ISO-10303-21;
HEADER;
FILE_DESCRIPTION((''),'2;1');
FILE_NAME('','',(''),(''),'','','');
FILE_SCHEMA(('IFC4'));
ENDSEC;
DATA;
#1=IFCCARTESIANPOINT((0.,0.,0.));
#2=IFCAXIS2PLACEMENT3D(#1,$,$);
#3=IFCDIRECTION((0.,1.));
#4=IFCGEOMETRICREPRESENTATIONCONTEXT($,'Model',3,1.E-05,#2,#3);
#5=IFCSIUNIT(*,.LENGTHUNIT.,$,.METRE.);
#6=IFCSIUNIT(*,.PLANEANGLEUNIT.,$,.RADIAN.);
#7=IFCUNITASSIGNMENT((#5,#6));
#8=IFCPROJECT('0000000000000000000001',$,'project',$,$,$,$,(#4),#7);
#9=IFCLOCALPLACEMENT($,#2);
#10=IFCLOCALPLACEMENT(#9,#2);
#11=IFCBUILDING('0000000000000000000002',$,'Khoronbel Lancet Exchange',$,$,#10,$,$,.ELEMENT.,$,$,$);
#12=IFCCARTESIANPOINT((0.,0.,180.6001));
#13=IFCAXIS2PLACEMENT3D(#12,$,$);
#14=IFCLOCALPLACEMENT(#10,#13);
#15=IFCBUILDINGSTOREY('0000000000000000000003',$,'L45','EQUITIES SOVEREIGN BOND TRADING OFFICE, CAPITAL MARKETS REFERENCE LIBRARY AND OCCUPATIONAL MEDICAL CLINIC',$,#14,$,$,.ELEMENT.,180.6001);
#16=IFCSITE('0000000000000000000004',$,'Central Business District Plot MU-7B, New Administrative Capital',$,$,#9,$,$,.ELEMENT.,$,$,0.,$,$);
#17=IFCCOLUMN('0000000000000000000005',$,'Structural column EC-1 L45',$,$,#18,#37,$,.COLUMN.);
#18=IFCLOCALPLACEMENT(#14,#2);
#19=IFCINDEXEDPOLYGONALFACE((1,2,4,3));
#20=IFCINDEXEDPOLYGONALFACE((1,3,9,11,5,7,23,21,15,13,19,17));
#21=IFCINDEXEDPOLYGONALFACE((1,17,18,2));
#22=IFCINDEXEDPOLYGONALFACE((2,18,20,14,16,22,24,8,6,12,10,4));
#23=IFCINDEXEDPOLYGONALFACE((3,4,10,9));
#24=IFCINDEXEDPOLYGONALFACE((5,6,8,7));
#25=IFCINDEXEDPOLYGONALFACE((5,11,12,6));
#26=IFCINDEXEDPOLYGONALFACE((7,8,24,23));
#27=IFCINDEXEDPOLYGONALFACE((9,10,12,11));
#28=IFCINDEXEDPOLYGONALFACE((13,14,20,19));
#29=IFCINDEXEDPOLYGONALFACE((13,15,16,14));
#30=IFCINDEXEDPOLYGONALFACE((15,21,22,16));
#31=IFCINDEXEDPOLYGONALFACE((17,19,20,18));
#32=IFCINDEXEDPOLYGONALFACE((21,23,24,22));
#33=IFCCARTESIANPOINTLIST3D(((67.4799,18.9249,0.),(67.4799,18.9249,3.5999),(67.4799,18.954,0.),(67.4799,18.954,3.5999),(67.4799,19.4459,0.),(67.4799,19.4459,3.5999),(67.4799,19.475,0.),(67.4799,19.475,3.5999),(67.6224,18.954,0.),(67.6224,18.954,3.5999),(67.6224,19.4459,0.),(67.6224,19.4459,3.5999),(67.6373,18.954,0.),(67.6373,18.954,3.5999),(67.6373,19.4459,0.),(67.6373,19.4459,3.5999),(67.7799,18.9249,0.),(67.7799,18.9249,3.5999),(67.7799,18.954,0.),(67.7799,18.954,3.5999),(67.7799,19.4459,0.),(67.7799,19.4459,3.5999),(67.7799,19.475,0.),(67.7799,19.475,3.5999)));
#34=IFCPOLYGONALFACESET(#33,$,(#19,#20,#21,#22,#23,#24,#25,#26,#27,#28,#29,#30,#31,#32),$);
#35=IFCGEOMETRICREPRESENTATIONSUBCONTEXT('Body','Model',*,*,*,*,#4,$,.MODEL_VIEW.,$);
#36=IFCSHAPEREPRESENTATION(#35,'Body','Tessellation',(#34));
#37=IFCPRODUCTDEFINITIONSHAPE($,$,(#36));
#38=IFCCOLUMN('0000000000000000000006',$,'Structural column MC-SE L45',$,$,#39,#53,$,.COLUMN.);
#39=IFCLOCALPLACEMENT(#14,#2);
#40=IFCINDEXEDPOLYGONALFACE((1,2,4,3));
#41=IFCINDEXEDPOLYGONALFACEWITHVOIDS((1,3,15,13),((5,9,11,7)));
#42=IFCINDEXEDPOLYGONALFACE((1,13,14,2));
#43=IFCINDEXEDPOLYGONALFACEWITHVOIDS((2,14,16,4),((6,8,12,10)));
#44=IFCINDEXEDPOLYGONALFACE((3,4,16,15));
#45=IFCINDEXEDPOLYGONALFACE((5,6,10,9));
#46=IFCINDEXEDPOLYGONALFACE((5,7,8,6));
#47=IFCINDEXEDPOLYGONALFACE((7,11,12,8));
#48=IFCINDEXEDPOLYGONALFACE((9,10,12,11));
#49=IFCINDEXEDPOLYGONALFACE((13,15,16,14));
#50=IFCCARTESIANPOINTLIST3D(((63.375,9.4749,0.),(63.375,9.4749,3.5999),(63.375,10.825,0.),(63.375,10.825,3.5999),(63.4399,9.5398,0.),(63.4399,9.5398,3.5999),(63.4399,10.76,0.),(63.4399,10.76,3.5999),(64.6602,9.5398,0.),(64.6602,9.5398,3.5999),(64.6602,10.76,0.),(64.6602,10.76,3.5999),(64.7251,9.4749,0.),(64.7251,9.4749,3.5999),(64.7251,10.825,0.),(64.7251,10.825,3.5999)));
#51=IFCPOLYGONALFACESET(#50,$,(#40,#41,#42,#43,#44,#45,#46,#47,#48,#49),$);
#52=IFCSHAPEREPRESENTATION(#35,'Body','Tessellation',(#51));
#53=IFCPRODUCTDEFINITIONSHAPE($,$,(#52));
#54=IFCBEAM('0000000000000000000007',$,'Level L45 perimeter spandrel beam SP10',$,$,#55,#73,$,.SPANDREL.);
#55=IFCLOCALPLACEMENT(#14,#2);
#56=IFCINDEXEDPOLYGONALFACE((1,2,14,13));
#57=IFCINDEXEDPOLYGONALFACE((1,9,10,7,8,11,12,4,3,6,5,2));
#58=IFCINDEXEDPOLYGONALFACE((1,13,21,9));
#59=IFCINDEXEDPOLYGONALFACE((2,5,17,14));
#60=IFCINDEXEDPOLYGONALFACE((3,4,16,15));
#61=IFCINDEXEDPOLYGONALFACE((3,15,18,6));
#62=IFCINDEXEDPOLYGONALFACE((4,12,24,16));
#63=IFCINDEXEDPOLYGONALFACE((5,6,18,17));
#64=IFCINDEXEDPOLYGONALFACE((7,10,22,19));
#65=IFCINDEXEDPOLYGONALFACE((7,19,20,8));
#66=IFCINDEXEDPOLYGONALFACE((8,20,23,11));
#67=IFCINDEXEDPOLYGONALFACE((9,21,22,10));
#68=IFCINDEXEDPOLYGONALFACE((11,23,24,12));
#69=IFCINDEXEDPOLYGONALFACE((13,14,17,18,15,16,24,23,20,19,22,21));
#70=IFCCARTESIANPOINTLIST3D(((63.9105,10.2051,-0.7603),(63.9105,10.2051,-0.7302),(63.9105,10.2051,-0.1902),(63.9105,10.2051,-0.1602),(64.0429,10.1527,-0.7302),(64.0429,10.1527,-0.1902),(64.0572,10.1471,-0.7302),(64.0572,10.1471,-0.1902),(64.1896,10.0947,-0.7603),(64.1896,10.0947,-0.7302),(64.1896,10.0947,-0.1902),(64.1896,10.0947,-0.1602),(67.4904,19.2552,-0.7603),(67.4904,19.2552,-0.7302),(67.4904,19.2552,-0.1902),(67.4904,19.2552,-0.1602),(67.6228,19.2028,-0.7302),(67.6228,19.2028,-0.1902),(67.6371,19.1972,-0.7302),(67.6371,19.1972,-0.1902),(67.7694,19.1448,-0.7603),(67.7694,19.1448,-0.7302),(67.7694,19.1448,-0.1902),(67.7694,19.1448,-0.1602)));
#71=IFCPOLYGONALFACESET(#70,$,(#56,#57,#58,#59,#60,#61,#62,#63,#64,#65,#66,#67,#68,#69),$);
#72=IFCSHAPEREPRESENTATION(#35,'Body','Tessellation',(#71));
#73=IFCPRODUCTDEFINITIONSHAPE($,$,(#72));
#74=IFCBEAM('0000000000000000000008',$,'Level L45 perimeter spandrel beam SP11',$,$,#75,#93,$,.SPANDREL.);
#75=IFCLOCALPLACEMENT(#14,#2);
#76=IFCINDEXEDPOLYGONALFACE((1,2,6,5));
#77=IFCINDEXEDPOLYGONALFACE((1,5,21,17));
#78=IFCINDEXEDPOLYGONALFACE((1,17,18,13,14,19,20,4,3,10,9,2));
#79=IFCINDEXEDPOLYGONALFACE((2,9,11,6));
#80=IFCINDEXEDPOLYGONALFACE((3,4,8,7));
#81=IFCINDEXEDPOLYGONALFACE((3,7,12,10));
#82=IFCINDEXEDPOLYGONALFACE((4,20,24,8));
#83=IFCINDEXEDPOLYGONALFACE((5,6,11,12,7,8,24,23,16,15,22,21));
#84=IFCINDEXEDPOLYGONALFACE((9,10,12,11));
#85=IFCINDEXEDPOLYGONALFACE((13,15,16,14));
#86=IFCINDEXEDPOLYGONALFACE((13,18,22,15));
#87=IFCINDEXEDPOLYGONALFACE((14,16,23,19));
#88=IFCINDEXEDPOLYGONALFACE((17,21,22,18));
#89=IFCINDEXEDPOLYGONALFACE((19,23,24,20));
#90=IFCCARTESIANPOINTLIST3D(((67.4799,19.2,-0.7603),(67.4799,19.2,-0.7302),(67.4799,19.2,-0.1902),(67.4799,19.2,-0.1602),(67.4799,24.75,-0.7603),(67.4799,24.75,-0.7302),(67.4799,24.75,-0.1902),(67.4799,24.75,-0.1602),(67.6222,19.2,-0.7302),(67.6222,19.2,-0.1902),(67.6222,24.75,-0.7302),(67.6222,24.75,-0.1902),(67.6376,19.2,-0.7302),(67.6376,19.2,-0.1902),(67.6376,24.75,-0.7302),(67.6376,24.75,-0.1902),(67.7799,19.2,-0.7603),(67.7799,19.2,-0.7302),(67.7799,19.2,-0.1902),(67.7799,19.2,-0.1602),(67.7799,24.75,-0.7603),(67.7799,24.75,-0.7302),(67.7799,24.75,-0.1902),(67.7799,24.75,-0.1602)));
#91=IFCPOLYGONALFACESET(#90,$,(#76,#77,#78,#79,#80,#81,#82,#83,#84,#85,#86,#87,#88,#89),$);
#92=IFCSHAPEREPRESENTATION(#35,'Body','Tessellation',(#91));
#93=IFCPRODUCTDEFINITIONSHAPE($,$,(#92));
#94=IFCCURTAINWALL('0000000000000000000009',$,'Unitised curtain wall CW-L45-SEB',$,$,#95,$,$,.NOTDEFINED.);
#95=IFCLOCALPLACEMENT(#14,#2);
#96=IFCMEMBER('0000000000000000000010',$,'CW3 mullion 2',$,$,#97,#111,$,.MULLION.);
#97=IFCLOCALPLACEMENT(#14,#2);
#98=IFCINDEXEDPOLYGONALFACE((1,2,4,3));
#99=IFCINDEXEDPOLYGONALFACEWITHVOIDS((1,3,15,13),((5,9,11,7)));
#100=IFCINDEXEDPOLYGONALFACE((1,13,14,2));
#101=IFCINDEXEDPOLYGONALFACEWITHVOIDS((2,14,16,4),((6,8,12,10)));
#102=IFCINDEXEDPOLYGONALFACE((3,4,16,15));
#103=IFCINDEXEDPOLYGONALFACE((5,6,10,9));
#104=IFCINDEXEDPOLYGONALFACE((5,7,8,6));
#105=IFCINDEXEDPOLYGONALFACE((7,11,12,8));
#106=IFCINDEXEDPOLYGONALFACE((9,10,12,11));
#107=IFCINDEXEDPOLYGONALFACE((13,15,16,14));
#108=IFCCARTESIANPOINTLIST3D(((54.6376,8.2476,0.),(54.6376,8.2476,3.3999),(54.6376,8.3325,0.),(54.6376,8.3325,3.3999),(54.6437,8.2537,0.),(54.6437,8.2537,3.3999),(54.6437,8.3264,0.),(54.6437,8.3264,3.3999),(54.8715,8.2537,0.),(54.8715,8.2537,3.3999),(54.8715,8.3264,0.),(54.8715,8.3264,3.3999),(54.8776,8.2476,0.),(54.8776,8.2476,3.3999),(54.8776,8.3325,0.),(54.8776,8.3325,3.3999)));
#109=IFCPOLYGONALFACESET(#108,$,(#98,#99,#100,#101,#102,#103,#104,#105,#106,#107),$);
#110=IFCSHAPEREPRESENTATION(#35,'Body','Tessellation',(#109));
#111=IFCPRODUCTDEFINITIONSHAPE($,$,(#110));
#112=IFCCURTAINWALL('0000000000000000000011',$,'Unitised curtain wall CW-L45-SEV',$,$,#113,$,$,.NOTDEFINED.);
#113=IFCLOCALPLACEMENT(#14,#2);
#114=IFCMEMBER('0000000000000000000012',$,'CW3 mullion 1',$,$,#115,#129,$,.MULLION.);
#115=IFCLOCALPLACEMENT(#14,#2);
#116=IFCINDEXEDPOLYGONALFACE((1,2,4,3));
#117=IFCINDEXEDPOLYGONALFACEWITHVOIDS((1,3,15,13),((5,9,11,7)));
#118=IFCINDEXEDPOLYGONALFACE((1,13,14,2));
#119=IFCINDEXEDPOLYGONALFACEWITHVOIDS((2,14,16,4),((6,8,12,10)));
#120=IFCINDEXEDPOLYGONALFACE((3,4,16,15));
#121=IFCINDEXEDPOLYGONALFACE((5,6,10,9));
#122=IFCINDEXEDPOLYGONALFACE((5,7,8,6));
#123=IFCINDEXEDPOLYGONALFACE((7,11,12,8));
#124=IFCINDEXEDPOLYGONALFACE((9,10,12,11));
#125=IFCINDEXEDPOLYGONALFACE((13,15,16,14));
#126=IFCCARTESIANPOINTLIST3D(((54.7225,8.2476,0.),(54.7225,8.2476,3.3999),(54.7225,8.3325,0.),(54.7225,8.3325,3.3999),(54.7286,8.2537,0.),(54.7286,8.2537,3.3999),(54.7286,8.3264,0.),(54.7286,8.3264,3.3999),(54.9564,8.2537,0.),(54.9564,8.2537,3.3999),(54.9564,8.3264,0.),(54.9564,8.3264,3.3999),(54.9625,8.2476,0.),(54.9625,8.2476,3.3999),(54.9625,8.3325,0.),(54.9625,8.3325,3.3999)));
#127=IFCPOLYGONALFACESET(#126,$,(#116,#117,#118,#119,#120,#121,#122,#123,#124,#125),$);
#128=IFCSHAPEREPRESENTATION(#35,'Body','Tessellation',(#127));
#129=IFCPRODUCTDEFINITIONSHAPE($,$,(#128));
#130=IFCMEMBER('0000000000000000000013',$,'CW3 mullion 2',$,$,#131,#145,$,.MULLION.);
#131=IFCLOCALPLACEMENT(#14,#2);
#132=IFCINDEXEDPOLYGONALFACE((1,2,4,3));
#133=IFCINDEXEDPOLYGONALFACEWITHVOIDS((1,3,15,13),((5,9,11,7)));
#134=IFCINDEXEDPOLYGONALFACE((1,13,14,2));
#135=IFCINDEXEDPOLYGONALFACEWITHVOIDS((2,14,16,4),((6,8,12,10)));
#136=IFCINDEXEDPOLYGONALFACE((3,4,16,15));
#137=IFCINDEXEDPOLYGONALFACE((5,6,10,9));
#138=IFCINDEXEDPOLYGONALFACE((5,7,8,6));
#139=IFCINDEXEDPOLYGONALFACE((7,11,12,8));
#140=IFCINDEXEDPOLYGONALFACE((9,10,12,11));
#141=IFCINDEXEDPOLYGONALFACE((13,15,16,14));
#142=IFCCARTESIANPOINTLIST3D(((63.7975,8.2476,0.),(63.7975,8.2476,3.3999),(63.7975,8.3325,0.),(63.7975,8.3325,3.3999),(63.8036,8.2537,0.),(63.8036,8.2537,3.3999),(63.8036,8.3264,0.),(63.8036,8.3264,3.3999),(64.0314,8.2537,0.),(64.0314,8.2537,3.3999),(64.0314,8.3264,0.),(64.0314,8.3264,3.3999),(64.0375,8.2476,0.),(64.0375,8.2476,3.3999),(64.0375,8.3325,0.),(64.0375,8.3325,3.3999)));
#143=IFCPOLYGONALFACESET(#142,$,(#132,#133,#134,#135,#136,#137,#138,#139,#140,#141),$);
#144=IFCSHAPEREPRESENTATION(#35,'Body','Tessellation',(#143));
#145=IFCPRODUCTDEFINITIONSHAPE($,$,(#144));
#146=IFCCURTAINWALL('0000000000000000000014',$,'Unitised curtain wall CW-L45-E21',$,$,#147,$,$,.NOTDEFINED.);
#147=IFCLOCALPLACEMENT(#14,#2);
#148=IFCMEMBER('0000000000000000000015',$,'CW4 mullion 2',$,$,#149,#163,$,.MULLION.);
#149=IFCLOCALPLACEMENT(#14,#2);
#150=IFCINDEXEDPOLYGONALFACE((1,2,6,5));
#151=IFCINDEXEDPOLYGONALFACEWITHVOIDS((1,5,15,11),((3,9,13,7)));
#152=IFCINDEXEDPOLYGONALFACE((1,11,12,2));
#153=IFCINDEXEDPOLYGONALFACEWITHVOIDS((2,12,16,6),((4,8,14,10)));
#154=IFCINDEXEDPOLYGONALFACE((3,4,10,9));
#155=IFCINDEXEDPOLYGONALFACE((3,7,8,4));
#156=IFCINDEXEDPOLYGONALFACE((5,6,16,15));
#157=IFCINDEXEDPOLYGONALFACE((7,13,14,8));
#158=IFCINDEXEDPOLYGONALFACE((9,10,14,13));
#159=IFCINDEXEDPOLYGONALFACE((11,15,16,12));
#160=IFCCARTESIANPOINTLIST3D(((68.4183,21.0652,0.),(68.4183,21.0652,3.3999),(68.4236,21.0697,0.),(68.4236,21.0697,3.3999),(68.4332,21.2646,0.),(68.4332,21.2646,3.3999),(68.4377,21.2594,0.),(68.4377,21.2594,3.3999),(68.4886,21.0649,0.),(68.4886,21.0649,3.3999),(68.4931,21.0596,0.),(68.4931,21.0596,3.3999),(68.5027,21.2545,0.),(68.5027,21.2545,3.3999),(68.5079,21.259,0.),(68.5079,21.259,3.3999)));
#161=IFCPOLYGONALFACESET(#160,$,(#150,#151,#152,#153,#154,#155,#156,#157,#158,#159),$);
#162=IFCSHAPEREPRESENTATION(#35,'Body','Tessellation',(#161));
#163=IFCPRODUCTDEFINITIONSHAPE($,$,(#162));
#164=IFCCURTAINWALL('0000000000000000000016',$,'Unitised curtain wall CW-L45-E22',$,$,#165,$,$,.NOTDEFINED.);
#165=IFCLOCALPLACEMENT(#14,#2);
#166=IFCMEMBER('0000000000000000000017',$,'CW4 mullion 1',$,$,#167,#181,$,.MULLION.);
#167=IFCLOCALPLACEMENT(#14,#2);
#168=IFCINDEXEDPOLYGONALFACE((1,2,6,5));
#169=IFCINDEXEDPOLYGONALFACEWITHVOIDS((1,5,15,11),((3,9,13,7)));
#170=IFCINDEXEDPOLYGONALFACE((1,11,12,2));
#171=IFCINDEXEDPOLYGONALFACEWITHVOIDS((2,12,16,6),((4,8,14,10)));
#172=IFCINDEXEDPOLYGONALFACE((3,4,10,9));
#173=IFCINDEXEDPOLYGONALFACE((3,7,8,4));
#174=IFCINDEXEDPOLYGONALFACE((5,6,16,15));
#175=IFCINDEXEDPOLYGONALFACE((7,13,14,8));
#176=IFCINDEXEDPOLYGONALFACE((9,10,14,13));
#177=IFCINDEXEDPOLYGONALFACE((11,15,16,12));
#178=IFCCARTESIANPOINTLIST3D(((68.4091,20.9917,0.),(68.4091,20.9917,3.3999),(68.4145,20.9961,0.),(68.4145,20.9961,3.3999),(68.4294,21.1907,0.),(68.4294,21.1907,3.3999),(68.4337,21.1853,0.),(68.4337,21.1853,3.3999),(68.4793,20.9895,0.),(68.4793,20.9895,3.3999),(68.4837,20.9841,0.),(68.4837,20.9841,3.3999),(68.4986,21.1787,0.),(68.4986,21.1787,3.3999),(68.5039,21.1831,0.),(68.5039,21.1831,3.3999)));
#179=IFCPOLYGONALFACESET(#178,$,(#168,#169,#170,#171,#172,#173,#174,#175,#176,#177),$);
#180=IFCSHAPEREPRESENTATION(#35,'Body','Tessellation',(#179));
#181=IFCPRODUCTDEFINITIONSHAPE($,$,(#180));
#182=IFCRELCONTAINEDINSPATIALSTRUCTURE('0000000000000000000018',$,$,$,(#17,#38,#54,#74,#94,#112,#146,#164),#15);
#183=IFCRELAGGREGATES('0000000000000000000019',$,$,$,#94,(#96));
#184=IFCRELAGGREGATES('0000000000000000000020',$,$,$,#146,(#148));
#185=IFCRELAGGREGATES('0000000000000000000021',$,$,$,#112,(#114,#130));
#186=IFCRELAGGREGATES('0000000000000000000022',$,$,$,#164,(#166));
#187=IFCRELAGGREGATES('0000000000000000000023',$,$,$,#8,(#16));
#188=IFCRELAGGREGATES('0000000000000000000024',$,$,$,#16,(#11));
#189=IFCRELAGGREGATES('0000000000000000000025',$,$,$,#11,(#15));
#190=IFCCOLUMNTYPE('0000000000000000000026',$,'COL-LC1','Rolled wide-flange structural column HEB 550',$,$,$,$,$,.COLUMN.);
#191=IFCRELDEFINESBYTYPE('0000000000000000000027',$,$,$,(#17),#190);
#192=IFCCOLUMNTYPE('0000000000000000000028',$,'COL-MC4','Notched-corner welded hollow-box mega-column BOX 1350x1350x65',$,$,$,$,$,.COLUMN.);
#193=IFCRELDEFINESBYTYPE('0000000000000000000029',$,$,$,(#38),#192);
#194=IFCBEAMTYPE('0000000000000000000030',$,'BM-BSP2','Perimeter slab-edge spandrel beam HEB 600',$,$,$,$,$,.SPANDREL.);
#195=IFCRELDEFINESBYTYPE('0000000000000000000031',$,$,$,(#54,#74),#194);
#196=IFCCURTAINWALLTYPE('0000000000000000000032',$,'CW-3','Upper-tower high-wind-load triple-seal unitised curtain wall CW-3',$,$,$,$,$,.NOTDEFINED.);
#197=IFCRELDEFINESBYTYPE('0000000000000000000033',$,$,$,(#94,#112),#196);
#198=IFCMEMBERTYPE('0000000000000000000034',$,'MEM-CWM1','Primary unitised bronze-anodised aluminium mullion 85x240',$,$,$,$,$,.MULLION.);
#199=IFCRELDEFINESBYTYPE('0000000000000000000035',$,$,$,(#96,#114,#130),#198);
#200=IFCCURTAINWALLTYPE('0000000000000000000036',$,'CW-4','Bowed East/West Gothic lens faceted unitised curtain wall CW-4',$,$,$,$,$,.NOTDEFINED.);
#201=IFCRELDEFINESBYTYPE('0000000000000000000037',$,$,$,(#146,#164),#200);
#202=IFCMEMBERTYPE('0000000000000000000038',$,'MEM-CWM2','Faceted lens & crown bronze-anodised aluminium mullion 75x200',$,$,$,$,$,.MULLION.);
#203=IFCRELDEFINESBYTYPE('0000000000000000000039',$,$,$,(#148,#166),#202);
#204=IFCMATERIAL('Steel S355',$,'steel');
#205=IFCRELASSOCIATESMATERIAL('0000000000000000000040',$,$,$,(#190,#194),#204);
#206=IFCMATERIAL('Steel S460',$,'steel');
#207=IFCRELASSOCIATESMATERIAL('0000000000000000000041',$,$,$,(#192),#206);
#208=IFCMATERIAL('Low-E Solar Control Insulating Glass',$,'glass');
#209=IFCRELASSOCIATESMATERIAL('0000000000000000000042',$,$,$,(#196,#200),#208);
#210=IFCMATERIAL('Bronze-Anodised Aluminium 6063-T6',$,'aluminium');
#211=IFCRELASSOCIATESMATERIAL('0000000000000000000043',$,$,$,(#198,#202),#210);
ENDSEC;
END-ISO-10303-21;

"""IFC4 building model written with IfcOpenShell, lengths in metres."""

from ifc_helpers import new_model, si_unit, direction, frame, origin, origin_2d, place, context, subcontext, project, spatial, hollow_rectangle, i_section, extrude, material, material_profile, profile_set, type_object, element, aggregate, save


model = new_model("IFC4")

# Units and contexts
model_context = context("Model", 3, precision=1e-05, world=origin(), true_north=direction((0.0, 1.0)))
body_context = subcontext(model_context, "Body", "Model", "MODEL_VIEW")
ifc_project = project(units=[si_unit("LENGTHUNIT", "METRE"), si_unit("PLANEANGLEUNIT", "RADIAN")], contexts=[model_context])

# Site, building, storey
site_placement = place(None, origin())
site = spatial("IfcSite", under=ifc_project, at=site_placement, Name="Central Business District Plot MU-7B, New Administrative Capital", CompositionType="ELEMENT", RefElevation=0.0)
building_placement = place(site_placement, origin())
building = spatial("IfcBuilding", under=site, at=building_placement, Name="Khoronbel Lancet Exchange", CompositionType="ELEMENT")
storey_placement = place(building_placement, frame((0.0, 0.0, 180.6001)))
storey = spatial("IfcBuildingStorey", under=building, at=storey_placement, Name="L45", Description="EQUITIES SOVEREIGN BOND TRADING OFFICE, CAPITAL MARKETS REFERENCE LIBRARY AND OCCUPATIONAL MEDICAL CLINIC", CompositionType="ELEMENT", Elevation=180.6001)

# Columns
ifc_material_1 = material(Name="Steel S355", Category="steel")
ifc_material_profile_1 = material_profile(ifc_material_1, i_section(OverallWidth=0.3, OverallDepth=0.55, WebThickness=0.0149, FlangeThickness=0.0291, at=origin_2d()), Name="HEB 550")
ifc_profile_set_1 = profile_set([ifc_material_profile_1], Name="Steel S355")
column_type_1 = type_object("IfcColumnType", Name="COL-LC1", Description="Rolled wide-flange structural column HEB 550", PredefinedType="COLUMN", material=ifc_profile_set_1)
column_1_placement = place(storey_placement, frame((67.6299, 19.2, 0.0), z_axis=(0.0, 0.0, 1.0), x_axis=(1.0, 0.0, 0.0)))
element("IfcColumn", 1, at=column_1_placement, inside=storey, type_object=column_type_1, Name="Structural column EC-1 L45", PredefinedType="COLUMN", context=body_context, shape_type="SweptSolid", body=[
    extrude(i_section(OverallWidth=0.3, OverallDepth=0.55, WebThickness=0.0149, FlangeThickness=0.0291, at=origin_2d()), origin(), (0.0, 0.0, 1.0), 3.5999),
])
ifc_material_2 = material(Name="Steel S460", Category="steel")
ifc_material_profile_2 = material_profile(ifc_material_2, hollow_rectangle(XDim=1.3501, YDim=1.3501, WallThickness=0.0649, at=origin_2d()), Name="BOX 1350x1350x65")
ifc_profile_set_2 = profile_set([ifc_material_profile_2], Name="Steel S460")
column_type_2 = type_object("IfcColumnType", Name="COL-MC4", Description="Notched-corner welded hollow-box mega-column BOX 1350x1350x65", PredefinedType="COLUMN", material=ifc_profile_set_2)
column_2_placement = place(storey_placement, frame((64.05, 10.1499, 0.0), z_axis=(0.0, 0.0, 1.0), x_axis=(1.0, 0.0, 0.0)))
element("IfcColumn", 2, at=column_2_placement, inside=storey, type_object=column_type_2, Name="Structural column MC-SE L45", PredefinedType="COLUMN", context=body_context, shape_type="SweptSolid", body=[
    extrude(hollow_rectangle(XDim=1.3501, YDim=1.3501, WallThickness=0.0649, at=origin_2d()), origin(), (0.0, 0.0, 1.0), 3.5999),
])

# Beams
ifc_material_profile_3 = material_profile(ifc_material_1, i_section(OverallWidth=0.3, OverallDepth=0.6001, WebThickness=0.0154, FlangeThickness=0.03, at=origin_2d()), Name="HEB 600")
ifc_profile_set_3 = profile_set([ifc_material_profile_3], Name="Steel S355")
beam_type = type_object("IfcBeamType", Name="BM-BSP2", Description="Perimeter slab-edge spandrel beam HEB 600", PredefinedType="SPANDREL", material=ifc_profile_set_3)
beam_1_placement = place(storey_placement, frame((64.05, 10.1499, -0.4602), z_axis=(0.367828, 0.929894, 0.0), x_axis=(-0.929894, 0.367828, 0.0)))
element("IfcBeam", 3, at=beam_1_placement, inside=storey, type_object=beam_type, Name="Level L45 perimeter spandrel beam SP10", PredefinedType="SPANDREL", context=body_context, shape_type="SweptSolid", body=[
    extrude(i_section(OverallWidth=0.3, OverallDepth=0.6001, WebThickness=0.0154, FlangeThickness=0.03, at=origin_2d()), origin(), (0.0, 0.0, 1.0), 9.7324),
])
beam_2_placement = place(storey_placement, frame((67.6299, 19.2, -0.4602), z_axis=(0.0, 1.0, 0.0), x_axis=(-1.0, 0.0, 0.0)))
element("IfcBeam", 4, at=beam_2_placement, inside=storey, type_object=beam_type, Name="Level L45 perimeter spandrel beam SP11", PredefinedType="SPANDREL", context=body_context, shape_type="SweptSolid", body=[
    extrude(i_section(OverallWidth=0.3, OverallDepth=0.6001, WebThickness=0.0154, FlangeThickness=0.03, at=origin_2d()), origin(), (0.0, 0.0, 1.0), 5.55),
])

# Curtain wall, member
ifc_material_3 = material(Name="Low-E Solar Control Insulating Glass", Category="glass")
curtain_wall_type_1 = type_object("IfcCurtainWallType", Name="CW-3", Description="Upper-tower high-wind-load triple-seal unitised curtain wall CW-3", PredefinedType="NOTDEFINED", material=ifc_material_3)
curtain_wall_1_placement = place(storey_placement, origin())
curtain_wall_1 = element("IfcCurtainWall", 5, at=curtain_wall_1_placement, inside=storey, type_object=curtain_wall_type_1, Name="Unitised curtain wall CW-L45-SEB", PredefinedType="NOTDEFINED")
ifc_material_4 = material(Name="Bronze-Anodised Aluminium 6063-T6", Category="aluminium")
ifc_material_profile_4 = material_profile(ifc_material_4, hollow_rectangle(XDim=0.085, YDim=0.24, WallThickness=0.0061, at=origin_2d()), Name="ALU MULLION 85x240")
ifc_profile_set_4 = profile_set([ifc_material_profile_4], Name="Bronze-Anodised Aluminium 6063-T6")
member_type_1 = type_object("IfcMemberType", Name="MEM-CWM1", Description="Primary unitised bronze-anodised aluminium mullion 85x240", PredefinedType="MULLION", material=ifc_profile_set_4)
member_1_placement = place(storey_placement, frame((54.7576, 8.29, 0.0), z_axis=(0.0, 0.0, 1.0), x_axis=(0.0, 1.0, 0.0)))
member_1 = element("IfcMember", 6, at=member_1_placement, type_object=member_type_1, Name="CW3 mullion 2", PredefinedType="MULLION", context=body_context, shape_type="SweptSolid", body=[
    extrude(hollow_rectangle(XDim=0.085, YDim=0.24, WallThickness=0.0061, at=origin_2d()), origin(), (0.0, 0.0, 1.0), 3.3999),
])
aggregate(curtain_wall_1, [member_1])

# Curtain wall, members
curtain_wall_2_placement = place(storey_placement, origin())
curtain_wall_2 = element("IfcCurtainWall", 7, at=curtain_wall_2_placement, inside=storey, type_object=curtain_wall_type_1, Name="Unitised curtain wall CW-L45-SEV", PredefinedType="NOTDEFINED")
member_2_placement = place(storey_placement, frame((54.8425, 8.29, 0.0), z_axis=(0.0, 0.0, 1.0), x_axis=(0.0, 1.0, 0.0)))
member_2 = element("IfcMember", 8, at=member_2_placement, type_object=member_type_1, Name="CW3 mullion 1", PredefinedType="MULLION", context=body_context, shape_type="SweptSolid", body=[
    extrude(hollow_rectangle(XDim=0.085, YDim=0.24, WallThickness=0.0061, at=origin_2d()), origin(), (0.0, 0.0, 1.0), 3.3999),
])
member_3_placement = place(storey_placement, frame((63.9175, 8.29, 0.0), z_axis=(0.0, 0.0, 1.0), x_axis=(0.0, 1.0, 0.0)))
member_3 = element("IfcMember", 9, at=member_3_placement, type_object=member_type_1, Name="CW3 mullion 2", PredefinedType="MULLION", context=body_context, shape_type="SweptSolid", body=[
    extrude(hollow_rectangle(XDim=0.085, YDim=0.24, WallThickness=0.0061, at=origin_2d()), origin(), (0.0, 0.0, 1.0), 3.3999),
])

# Curtain wall, member
curtain_wall_type_2 = type_object("IfcCurtainWallType", Name="CW-4", Description="Bowed East/West Gothic lens faceted unitised curtain wall CW-4", PredefinedType="NOTDEFINED", material=ifc_material_3)
curtain_wall_3_placement = place(storey_placement, origin())
curtain_wall_3 = element("IfcCurtainWall", 10, at=curtain_wall_3_placement, inside=storey, type_object=curtain_wall_type_2, Name="Unitised curtain wall CW-L45-E21", PredefinedType="NOTDEFINED")
ifc_material_profile_5 = material_profile(ifc_material_4, hollow_rectangle(XDim=0.075, YDim=0.2, WallThickness=0.0049, at=origin_2d()), Name="ALU MULLION 75x200")
ifc_profile_set_5 = profile_set([ifc_material_profile_5], Name="Bronze-Anodised Aluminium 6063-T6")
member_type_2 = type_object("IfcMemberType", Name="MEM-CWM2", Description="Faceted lens & crown bronze-anodised aluminium mullion 75x200", PredefinedType="MULLION", material=ifc_profile_set_5)
member_4_placement = place(storey_placement, frame((68.4631, 21.1621, 0.0), z_axis=(0.0, 0.0, 1.0), x_axis=(0.99724, -0.074245, 0.0)))
member_4 = element("IfcMember", 11, at=member_4_placement, type_object=member_type_2, Name="CW4 mullion 2", PredefinedType="MULLION", context=body_context, shape_type="SweptSolid", body=[
    extrude(hollow_rectangle(XDim=0.075, YDim=0.2, WallThickness=0.0049, at=origin_2d()), origin(), (0.0, 0.0, 1.0), 3.3999),
])
aggregate(curtain_wall_3, [member_4])

# Curtain wall, member
curtain_wall_4_placement = place(storey_placement, origin())
curtain_wall_4 = element("IfcCurtainWall", 12, at=curtain_wall_4_placement, inside=storey, type_object=curtain_wall_type_2, Name="Unitised curtain wall CW-L45-E22", PredefinedType="NOTDEFINED")
member_5_placement = place(storey_placement, frame((68.4565, 21.0874, 0.0), z_axis=(0.0, 0.0, 1.0), x_axis=(0.99487, -0.101165, 0.0)))
member_5 = element("IfcMember", 13, at=member_5_placement, type_object=member_type_2, Name="CW4 mullion 1", PredefinedType="MULLION", context=body_context, shape_type="SweptSolid", body=[
    extrude(hollow_rectangle(XDim=0.075, YDim=0.2, WallThickness=0.0049, at=origin_2d()), origin(), (0.0, 0.0, 1.0), 3.3999),
])

aggregate(curtain_wall_2, [member_2, member_3])
aggregate(curtain_wall_4, [member_5])

save(model, "model.ifc")
